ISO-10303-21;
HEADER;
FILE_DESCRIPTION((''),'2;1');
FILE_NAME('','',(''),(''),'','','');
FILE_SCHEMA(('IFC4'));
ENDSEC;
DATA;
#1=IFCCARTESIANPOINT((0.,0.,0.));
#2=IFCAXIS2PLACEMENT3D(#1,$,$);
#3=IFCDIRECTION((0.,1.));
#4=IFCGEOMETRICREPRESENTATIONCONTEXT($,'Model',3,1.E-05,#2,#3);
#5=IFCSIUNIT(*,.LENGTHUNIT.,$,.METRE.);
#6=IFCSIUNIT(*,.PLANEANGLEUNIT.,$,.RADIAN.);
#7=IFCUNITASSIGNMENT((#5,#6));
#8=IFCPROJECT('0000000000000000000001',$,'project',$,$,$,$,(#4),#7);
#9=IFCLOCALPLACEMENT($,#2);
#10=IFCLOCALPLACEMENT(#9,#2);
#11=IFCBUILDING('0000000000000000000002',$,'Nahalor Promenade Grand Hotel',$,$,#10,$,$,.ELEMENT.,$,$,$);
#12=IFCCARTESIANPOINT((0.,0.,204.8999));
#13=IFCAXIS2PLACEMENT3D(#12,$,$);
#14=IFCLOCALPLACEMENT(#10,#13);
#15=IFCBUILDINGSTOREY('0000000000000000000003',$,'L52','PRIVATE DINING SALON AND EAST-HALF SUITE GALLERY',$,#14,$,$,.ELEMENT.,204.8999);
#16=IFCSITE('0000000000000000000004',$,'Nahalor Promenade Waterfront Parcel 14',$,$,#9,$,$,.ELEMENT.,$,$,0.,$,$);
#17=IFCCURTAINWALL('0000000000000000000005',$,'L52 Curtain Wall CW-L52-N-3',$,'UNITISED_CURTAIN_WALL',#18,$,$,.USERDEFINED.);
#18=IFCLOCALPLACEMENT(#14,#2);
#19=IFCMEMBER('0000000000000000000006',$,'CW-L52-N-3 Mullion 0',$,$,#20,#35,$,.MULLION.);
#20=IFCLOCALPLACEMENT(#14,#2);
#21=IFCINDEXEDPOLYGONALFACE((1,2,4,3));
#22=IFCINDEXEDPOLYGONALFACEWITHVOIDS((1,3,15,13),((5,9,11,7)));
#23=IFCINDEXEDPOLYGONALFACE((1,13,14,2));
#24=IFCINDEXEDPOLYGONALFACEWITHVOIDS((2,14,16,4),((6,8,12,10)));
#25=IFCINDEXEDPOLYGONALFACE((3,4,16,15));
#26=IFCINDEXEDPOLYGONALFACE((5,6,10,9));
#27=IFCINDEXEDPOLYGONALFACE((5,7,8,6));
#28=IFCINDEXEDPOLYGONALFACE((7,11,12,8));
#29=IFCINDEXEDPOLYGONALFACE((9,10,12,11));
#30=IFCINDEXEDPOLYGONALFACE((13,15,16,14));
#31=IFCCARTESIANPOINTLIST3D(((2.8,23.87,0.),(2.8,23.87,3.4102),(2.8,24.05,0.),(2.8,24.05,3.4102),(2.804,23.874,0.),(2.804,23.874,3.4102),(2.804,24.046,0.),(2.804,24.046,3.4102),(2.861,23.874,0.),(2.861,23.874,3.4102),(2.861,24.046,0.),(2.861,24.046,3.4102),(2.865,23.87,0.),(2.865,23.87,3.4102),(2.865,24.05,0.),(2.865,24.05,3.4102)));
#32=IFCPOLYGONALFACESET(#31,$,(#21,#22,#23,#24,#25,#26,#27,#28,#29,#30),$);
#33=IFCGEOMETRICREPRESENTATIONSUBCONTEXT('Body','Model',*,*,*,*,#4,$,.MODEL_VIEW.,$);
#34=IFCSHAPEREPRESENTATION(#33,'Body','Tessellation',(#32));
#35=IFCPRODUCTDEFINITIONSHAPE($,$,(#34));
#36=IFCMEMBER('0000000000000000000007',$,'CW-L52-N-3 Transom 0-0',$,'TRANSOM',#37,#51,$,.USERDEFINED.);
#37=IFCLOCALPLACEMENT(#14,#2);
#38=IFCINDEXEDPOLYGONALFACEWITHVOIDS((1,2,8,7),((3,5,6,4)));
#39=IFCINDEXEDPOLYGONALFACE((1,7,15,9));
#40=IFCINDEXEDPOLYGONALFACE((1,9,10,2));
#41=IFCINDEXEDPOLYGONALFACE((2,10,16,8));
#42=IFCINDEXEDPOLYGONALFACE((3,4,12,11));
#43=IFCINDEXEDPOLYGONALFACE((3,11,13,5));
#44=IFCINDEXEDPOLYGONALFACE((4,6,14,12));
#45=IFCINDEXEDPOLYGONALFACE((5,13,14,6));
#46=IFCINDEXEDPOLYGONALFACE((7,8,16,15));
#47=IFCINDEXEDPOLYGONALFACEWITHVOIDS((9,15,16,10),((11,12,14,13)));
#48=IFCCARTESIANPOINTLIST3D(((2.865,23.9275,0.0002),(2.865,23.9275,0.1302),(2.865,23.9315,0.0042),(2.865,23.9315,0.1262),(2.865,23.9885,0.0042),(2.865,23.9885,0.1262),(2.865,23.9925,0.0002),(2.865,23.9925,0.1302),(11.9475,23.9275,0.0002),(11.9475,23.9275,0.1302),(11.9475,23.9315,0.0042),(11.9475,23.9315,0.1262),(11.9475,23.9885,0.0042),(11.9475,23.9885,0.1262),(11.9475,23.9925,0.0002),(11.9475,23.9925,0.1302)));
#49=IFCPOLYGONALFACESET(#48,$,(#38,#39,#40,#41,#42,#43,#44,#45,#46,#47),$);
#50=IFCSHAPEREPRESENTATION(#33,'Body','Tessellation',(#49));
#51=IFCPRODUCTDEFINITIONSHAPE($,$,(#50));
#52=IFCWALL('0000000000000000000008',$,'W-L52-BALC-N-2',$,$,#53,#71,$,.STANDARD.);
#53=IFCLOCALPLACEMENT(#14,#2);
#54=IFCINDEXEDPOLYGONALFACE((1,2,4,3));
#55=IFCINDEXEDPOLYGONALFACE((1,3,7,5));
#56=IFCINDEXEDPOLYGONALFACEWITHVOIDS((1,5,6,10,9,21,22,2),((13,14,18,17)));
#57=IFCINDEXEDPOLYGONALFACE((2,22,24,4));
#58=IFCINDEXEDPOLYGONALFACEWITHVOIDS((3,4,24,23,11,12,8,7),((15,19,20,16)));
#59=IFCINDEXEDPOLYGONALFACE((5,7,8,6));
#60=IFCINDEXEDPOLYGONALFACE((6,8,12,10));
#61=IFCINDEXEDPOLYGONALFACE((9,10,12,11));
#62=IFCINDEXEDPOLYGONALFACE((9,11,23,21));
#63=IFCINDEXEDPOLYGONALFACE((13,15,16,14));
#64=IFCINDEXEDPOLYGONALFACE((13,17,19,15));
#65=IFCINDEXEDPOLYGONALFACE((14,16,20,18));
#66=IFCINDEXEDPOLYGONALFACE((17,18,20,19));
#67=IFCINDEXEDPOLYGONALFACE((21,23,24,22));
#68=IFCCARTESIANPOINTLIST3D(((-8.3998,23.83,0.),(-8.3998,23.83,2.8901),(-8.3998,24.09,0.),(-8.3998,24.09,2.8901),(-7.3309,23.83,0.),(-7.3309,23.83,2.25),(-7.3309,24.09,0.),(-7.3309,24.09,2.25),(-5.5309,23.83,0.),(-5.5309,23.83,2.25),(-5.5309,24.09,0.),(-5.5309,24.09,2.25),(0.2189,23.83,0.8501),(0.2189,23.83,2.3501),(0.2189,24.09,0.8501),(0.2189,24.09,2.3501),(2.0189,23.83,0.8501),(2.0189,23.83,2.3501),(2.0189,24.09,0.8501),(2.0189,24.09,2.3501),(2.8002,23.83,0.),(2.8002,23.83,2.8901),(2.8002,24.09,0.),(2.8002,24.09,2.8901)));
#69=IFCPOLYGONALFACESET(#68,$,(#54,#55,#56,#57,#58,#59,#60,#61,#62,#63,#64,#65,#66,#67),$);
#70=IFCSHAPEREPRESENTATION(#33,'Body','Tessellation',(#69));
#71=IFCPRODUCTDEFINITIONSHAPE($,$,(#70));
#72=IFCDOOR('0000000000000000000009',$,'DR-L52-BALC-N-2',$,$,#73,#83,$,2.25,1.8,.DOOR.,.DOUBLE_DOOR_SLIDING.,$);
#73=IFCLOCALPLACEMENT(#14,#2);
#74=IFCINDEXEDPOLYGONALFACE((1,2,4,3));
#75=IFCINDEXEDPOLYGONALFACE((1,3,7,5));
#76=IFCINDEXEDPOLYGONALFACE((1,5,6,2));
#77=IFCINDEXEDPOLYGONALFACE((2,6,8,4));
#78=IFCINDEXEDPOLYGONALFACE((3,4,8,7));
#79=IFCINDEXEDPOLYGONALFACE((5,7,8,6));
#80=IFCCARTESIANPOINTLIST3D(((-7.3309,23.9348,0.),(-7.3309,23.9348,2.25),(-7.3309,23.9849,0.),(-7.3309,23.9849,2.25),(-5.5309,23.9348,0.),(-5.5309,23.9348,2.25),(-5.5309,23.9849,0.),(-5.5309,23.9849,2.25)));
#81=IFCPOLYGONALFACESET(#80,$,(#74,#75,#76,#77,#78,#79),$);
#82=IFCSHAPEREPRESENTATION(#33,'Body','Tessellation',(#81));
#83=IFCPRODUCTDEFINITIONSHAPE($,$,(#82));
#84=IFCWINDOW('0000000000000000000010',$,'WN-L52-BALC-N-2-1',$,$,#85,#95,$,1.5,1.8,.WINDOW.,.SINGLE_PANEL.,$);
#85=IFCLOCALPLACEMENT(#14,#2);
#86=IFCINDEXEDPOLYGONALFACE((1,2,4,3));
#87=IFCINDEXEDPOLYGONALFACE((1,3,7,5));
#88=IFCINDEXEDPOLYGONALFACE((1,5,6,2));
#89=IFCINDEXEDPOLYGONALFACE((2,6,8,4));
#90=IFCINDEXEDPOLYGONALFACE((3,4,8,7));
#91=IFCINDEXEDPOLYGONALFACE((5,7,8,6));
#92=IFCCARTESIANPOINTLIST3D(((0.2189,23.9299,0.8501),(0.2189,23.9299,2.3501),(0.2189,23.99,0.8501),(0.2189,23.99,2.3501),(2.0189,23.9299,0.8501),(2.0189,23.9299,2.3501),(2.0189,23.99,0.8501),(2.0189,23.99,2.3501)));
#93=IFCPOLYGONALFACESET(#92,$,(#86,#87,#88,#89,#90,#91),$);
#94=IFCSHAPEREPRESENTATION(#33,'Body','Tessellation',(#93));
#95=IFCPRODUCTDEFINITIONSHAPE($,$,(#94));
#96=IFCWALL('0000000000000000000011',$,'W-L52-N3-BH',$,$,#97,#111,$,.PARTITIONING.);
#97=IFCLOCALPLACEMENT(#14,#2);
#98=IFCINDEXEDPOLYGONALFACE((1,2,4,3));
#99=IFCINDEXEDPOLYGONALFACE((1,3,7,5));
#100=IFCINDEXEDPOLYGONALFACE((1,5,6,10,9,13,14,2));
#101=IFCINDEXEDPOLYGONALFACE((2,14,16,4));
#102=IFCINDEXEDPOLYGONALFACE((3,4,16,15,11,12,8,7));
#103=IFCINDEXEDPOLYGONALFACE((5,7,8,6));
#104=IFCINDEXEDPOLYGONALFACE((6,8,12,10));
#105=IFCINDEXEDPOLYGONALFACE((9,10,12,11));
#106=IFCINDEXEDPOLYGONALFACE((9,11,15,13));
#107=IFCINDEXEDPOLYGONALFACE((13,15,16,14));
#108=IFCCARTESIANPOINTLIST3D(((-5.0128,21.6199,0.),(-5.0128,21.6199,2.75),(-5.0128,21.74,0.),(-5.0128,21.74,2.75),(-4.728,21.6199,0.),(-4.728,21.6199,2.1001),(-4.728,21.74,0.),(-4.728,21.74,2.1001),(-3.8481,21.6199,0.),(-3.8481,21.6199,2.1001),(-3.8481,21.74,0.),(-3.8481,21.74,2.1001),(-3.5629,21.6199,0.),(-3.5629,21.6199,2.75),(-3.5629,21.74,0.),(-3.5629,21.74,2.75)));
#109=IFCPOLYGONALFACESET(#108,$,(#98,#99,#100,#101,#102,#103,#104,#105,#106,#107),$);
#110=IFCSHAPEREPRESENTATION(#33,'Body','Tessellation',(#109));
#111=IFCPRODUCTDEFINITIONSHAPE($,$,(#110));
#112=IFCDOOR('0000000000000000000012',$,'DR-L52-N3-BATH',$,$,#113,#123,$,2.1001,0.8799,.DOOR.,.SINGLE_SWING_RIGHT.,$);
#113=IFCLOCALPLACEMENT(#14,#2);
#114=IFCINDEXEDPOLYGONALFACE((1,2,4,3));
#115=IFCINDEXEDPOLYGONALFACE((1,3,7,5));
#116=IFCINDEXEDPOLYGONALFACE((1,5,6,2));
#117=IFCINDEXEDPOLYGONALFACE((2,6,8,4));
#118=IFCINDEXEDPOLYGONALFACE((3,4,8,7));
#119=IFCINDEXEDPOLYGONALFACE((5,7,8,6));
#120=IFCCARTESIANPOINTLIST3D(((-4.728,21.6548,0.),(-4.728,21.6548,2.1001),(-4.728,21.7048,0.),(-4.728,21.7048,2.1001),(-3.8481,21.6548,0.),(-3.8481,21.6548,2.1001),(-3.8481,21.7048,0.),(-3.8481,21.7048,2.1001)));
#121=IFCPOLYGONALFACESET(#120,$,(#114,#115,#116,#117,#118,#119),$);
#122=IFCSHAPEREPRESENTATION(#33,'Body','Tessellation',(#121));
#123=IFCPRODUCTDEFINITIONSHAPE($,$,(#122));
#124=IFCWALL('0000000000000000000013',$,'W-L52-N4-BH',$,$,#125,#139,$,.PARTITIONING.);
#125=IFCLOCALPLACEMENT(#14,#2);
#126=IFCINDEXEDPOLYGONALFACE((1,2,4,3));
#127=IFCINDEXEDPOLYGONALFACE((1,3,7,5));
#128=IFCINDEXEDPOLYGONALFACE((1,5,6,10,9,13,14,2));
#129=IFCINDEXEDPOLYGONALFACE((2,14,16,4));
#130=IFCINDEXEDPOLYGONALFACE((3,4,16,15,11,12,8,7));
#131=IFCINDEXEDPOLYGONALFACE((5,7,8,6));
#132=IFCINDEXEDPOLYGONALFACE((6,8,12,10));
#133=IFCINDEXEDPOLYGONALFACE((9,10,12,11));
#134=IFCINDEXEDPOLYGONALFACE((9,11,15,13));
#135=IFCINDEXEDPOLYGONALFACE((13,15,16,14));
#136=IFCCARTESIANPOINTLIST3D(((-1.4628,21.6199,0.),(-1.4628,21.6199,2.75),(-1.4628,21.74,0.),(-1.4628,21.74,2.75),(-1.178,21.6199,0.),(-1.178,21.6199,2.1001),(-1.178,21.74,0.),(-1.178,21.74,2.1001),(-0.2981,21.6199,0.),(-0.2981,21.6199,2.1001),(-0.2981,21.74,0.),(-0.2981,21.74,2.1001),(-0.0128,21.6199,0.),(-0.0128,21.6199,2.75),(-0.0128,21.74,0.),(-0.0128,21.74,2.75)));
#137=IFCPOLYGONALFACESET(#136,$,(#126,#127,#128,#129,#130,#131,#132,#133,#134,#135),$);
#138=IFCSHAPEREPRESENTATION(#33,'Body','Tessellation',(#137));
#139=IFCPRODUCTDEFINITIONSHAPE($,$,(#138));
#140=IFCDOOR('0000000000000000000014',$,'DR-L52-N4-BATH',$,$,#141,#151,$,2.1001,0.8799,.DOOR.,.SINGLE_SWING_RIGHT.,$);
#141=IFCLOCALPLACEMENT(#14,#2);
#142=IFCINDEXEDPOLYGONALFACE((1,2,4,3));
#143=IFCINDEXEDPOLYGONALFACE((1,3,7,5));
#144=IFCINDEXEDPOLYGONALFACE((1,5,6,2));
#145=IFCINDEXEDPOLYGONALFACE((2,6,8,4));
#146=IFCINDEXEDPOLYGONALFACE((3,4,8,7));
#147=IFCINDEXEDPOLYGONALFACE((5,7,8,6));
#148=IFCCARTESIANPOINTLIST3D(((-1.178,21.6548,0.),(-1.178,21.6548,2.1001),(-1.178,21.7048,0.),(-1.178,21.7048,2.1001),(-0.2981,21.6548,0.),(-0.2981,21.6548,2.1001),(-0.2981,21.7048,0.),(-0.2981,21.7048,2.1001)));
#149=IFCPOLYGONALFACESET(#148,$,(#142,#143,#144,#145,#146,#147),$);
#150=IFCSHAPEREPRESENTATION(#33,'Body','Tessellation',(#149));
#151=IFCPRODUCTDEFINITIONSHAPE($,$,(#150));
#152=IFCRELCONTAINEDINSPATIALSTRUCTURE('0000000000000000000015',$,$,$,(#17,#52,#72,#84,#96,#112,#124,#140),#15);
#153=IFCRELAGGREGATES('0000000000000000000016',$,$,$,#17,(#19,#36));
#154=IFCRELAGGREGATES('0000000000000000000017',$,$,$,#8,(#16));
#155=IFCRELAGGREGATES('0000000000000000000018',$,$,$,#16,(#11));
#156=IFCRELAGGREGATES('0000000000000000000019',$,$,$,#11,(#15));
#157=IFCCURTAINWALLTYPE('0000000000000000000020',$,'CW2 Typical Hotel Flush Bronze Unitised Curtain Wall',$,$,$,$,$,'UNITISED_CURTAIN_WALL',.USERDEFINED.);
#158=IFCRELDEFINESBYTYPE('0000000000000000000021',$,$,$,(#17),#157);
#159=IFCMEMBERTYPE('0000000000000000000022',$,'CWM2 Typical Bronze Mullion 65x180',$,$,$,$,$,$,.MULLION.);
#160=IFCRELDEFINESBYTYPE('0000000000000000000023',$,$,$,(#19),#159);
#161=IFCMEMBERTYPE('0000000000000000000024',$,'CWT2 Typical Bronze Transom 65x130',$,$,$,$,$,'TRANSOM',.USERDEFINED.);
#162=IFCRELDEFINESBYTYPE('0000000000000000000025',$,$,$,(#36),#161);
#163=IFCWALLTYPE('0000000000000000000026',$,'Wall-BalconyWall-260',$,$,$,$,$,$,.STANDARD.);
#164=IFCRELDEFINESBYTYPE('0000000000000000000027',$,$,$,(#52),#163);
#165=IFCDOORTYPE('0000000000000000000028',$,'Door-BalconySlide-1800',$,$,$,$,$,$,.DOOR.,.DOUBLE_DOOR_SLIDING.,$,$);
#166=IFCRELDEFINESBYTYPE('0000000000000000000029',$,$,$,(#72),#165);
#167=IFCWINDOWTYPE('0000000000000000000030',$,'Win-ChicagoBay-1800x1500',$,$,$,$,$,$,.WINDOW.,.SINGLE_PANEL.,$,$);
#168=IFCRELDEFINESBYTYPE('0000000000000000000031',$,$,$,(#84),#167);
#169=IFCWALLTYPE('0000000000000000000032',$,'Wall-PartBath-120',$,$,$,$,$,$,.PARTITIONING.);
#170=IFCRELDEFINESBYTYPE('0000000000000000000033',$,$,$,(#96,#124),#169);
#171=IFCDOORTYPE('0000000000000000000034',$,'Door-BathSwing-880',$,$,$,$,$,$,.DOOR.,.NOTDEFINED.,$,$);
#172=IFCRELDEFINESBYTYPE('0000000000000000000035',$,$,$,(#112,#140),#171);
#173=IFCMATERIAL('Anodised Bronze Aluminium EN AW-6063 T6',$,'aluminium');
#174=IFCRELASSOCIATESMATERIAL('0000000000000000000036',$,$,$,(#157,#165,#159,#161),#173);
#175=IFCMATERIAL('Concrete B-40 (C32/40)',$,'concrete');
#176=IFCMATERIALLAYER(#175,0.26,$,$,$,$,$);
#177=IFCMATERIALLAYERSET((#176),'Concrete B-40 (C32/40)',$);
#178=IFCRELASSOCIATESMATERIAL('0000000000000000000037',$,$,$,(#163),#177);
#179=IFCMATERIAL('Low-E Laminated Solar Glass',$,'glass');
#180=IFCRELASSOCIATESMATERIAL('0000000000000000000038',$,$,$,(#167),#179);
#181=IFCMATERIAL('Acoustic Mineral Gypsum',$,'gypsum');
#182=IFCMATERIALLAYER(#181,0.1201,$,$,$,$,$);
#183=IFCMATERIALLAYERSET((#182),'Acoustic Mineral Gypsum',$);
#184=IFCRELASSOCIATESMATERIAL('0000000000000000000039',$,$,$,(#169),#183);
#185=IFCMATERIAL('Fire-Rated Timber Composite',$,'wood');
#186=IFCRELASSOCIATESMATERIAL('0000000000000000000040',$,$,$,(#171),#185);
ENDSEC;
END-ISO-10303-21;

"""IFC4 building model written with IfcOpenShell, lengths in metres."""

from ifc_helpers import new_model, si_unit, direction, frame, frame_2d, origin, origin_2d, place, context, subcontext, project, spatial, rectangle, hollow_rectangle, extrude, source, transform, mapped, material, layer, layer_set, material_profile, profile_set, type_object, element, fill, aggregate, save


model = new_model("IFC4")

# Units and contexts
model_context = context("Model", 3, precision=1e-05, world=origin(), true_north=direction((0.0, 1.0)))
body_context = subcontext(model_context, "Body", "Model", "MODEL_VIEW")
ifc_project = project(units=[si_unit("LENGTHUNIT", "METRE"), si_unit("PLANEANGLEUNIT", "RADIAN")], contexts=[model_context])

# Site, building, storey
site_placement = place(None, origin())
site = spatial("IfcSite", under=ifc_project, at=site_placement, Name="Nahalor Promenade Waterfront Parcel 14", CompositionType="ELEMENT", RefElevation=0.0)
building_placement = place(site_placement, origin())
building = spatial("IfcBuilding", under=site, at=building_placement, Name="Nahalor Promenade Grand Hotel", CompositionType="ELEMENT")
storey_placement = place(building_placement, frame((0.0, 0.0, 204.8999)))
storey = spatial("IfcBuildingStorey", under=building, at=storey_placement, Name="L52", Description="PRIVATE DINING SALON AND EAST-HALF SUITE GALLERY", CompositionType="ELEMENT", Elevation=204.8999)

# Curtain wall, members
ifc_material_1 = material(Name="Anodised Bronze Aluminium EN AW-6063 T6", Category="aluminium")
curtain_wall_type = type_object("IfcCurtainWallType", Name="CW2 Typical Hotel Flush Bronze Unitised Curtain Wall", ElementType="UNITISED_CURTAIN_WALL", PredefinedType="USERDEFINED", material=ifc_material_1)
curtain_wall_placement = place(storey_placement, origin())
curtain_wall = element("IfcCurtainWall", 1, at=curtain_wall_placement, inside=storey, type_object=curtain_wall_type, Name="L52 Curtain Wall CW-L52-N-3", ObjectType="UNITISED_CURTAIN_WALL", PredefinedType="USERDEFINED")
ifc_material_profile_1 = material_profile(ifc_material_1, hollow_rectangle(XDim=0.065, YDim=0.18, WallThickness=0.004, at=origin_2d()), Name="CWM 65x180x4")
ifc_profile_set_1 = profile_set([ifc_material_profile_1], Name="Anodised Bronze Aluminium EN AW-6063 T6")
member_type_1 = type_object("IfcMemberType", Name="CWM2 Typical Bronze Mullion 65x180", PredefinedType="MULLION", material=ifc_profile_set_1)
shared_shape_1 = source(origin(), body_context, "Body", "SweptSolid", [
    extrude(hollow_rectangle(XDim=0.065, YDim=0.18, WallThickness=0.004, at=origin_2d()), origin(), (0.0, 0.0, 1.0), 3.4102),
])
member_1_placement = place(storey_placement, frame((2.8325, 23.96, 0.0), z_axis=(0.0, 0.0, 1.0), x_axis=(1.0, 0.0, 0.0)))
member_1 = element("IfcMember", 2, at=member_1_placement, type_object=member_type_1, Name="CW-L52-N-3 Mullion 0", PredefinedType="MULLION", context=body_context, shape_type="MappedRepresentation", body=[
    mapped(shared_shape_1, transform((0.0, 0.0, 0.0), scale=1.0)),
])
ifc_material_profile_2 = material_profile(ifc_material_1, hollow_rectangle(XDim=0.065, YDim=0.13, WallThickness=0.004, at=origin_2d()), Name="CWT 65x130x4")
ifc_profile_set_2 = profile_set([ifc_material_profile_2], Name="Anodised Bronze Aluminium EN AW-6063 T6")
member_type_2 = type_object("IfcMemberType", Name="CWT2 Typical Bronze Transom 65x130", ElementType="TRANSOM", PredefinedType="USERDEFINED", material=ifc_profile_set_2)
shared_shape_2 = source(origin(), body_context, "Body", "SweptSolid", [
    extrude(hollow_rectangle(XDim=0.065, YDim=0.13, WallThickness=0.004, at=origin_2d()), origin(), (0.0, 0.0, 1.0), 9.0825),
])
member_2_placement = place(storey_placement, frame((2.865, 23.96, 0.0652), z_axis=(1.0, 0.0, 0.0), x_axis=(0.0, 1.0, 0.0)))
member_2 = element("IfcMember", 3, at=member_2_placement, type_object=member_type_2, Name="CW-L52-N-3 Transom 0-0", ObjectType="TRANSOM", PredefinedType="USERDEFINED", context=body_context, shape_type="MappedRepresentation", body=[
    mapped(shared_shape_2, transform((0.0, 0.0, 0.0), scale=1.0)),
])
aggregate(curtain_wall, [member_1, member_2])

# Wall, openings, door, window
ifc_material_2 = material(Name="Concrete B-40 (C32/40)", Category="concrete")
ifc_layer_1 = layer(ifc_material_2, 0.26)
ifc_layer_set_1 = layer_set([ifc_layer_1], Name="Concrete B-40 (C32/40)")
wall_type_1 = type_object("IfcWallType", Name="Wall-BalconyWall-260", PredefinedType="STANDARD", material=ifc_layer_set_1)
shared_shape_3 = source(origin(), body_context, "Body", "SweptSolid", [
    extrude(rectangle(XDim=11.2, YDim=0.26, at=frame_2d((5.6001, 0.0))), origin(), (0.0, 0.0, 1.0), 2.8901),
])
wall_1_placement = place(storey_placement, frame((-8.3999, 23.96, 0.0), z_axis=(0.0, 0.0, 1.0), x_axis=(1.0, 0.0, 0.0)))
wall_1 = element("IfcWall", 4, at=wall_1_placement, inside=storey, type_object=wall_type_1, Name="W-L52-BALC-N-2", PredefinedType="STANDARD", context=body_context, shape_type="MappedRepresentation", body=[
    mapped(shared_shape_3, transform((0.0, 0.0, 0.0), scale=1.0)),
])
opening_1_placement = place(wall_1_placement, frame((1.0691, 0.0, 0.0)))
opening_1 = element("IfcOpeningElement", 5, at=opening_1_placement, cuts=wall_1, PredefinedType="OPENING", context=body_context, shape_type="SweptSolid", body=[
    extrude(rectangle(XDim=1.8, YDim=2.25, at=frame_2d((0.8999, 1.125))), frame((0.0, 0.1399, 0.0), z_axis=(0.0, -1.0, 0.0), x_axis=(1.0, 0.0, 0.0)), (0.0, 0.0, 1.0), 0.28),
])
opening_2_placement = place(wall_1_placement, frame((8.6189, 0.0, 0.8501)))
opening_2 = element("IfcOpeningElement", 6, at=opening_2_placement, cuts=wall_1, PredefinedType="OPENING", context=body_context, shape_type="SweptSolid", body=[
    extrude(rectangle(XDim=1.8, YDim=1.5, at=frame_2d((0.8999, 0.75))), frame((0.0, 0.1399, 0.0), z_axis=(0.0, -1.0, 0.0), x_axis=(1.0, 0.0, 0.0)), (0.0, 0.0, 1.0), 0.28),
])
door_type_1 = type_object("IfcDoorType", Name="Door-BalconySlide-1800", OperationType="DOUBLE_DOOR_SLIDING", PredefinedType="DOOR", material=ifc_material_1)
shared_shape_4 = source(origin(), body_context, "Body", "SweptSolid", [
    extrude(rectangle(XDim=1.8, YDim=2.25, at=frame_2d((0.8999, 1.125))), frame((0.0, 0.0249, 0.0), z_axis=(0.0, -1.0, 0.0), x_axis=(1.0, 0.0, 0.0)), (0.0, 0.0, 1.0), 0.05),
])
door_1_placement = place(opening_1_placement, origin())
door_1 = element("IfcDoor", 7, at=door_1_placement, inside=storey, type_object=door_type_1, Name="DR-L52-BALC-N-2", OperationType="DOUBLE_DOOR_SLIDING", OverallHeight=2.25, OverallWidth=1.8, PredefinedType="DOOR", context=body_context, shape_type="MappedRepresentation", body=[
    mapped(shared_shape_4, transform((0.0, 0.0, 0.0), scale=1.0)),
])
fill(opening_1, door_1)
ifc_material_3 = material(Name="Low-E Laminated Solar Glass", Category="glass")
window_type = type_object("IfcWindowType", Name="Win-ChicagoBay-1800x1500", PartitioningType="SINGLE_PANEL", PredefinedType="WINDOW", material=ifc_material_3)
shared_shape_5 = source(origin(), body_context, "Body", "SweptSolid", [
    extrude(rectangle(XDim=1.8, YDim=1.5, at=frame_2d((0.8999, 0.75))), frame((0.0, 0.03, 0.0), z_axis=(0.0, -1.0, 0.0), x_axis=(1.0, 0.0, 0.0)), (0.0, 0.0, 1.0), 0.0601),
])
window_placement = place(opening_2_placement, origin())
window = element("IfcWindow", 8, at=window_placement, inside=storey, type_object=window_type, Name="WN-L52-BALC-N-2-1", OverallHeight=1.5, OverallWidth=1.8, PartitioningType="SINGLE_PANEL", PredefinedType="WINDOW", context=body_context, shape_type="MappedRepresentation", body=[
    mapped(shared_shape_5, transform((0.0, 0.0, 0.0), scale=1.0)),
])
fill(opening_2, window)

# Walls, openings, doors
ifc_material_4 = material(Name="Acoustic Mineral Gypsum", Category="gypsum")
ifc_layer_2 = layer(ifc_material_4, 0.1201)
ifc_layer_set_2 = layer_set([ifc_layer_2], Name="Acoustic Mineral Gypsum")
wall_type_2 = type_object("IfcWallType", Name="Wall-PartBath-120", PredefinedType="PARTITIONING", material=ifc_layer_set_2)
shared_shape_6 = source(origin(), body_context, "Body", "SweptSolid", [
    extrude(rectangle(XDim=1.45, YDim=0.1201, at=frame_2d((0.7251, 0.0))), origin(), (0.0, 0.0, 1.0), 2.75),
])
wall_2_placement = place(storey_placement, frame((-5.0129, 21.6799, 0.0), z_axis=(0.0, 0.0, 1.0), x_axis=(1.0, 0.0, 0.0)))
wall_2 = element("IfcWall", 9, at=wall_2_placement, inside=storey, type_object=wall_type_2, Name="W-L52-N3-BH", PredefinedType="PARTITIONING", context=body_context, shape_type="MappedRepresentation", body=[
    mapped(shared_shape_6, transform((0.0, 0.0, 0.0), scale=1.0)),
])
opening_3_placement = place(wall_2_placement, frame((0.2849, 0.0, 0.0)))
opening_3 = element("IfcOpeningElement", 10, at=opening_3_placement, cuts=wall_2, PredefinedType="OPENING", context=body_context, shape_type="SweptSolid", body=[
    extrude(rectangle(XDim=0.8799, YDim=2.1001, at=frame_2d((0.4399, 1.05))), frame((0.0, 0.0701, 0.0), z_axis=(0.0, -1.0, 0.0), x_axis=(1.0, 0.0, 0.0)), (0.0, 0.0, 1.0), 0.1401),
])
ifc_material_5 = material(Name="Fire-Rated Timber Composite", Category="wood")
door_type_2 = type_object("IfcDoorType", Name="Door-BathSwing-880", OperationType="NOTDEFINED", PredefinedType="DOOR", material=ifc_material_5)
shared_shape_7 = source(origin(), body_context, "Body", "SweptSolid", [
    extrude(rectangle(XDim=0.8799, YDim=2.1001, at=frame_2d((0.4399, 1.05))), frame((0.0, 0.0249, 0.0), z_axis=(0.0, -1.0, 0.0), x_axis=(1.0, 0.0, 0.0)), (0.0, 0.0, 1.0), 0.05),
])
door_2_placement = place(opening_3_placement, origin())
door_2 = element("IfcDoor", 11, at=door_2_placement, inside=storey, type_object=door_type_2, Name="DR-L52-N3-BATH", OperationType="SINGLE_SWING_RIGHT", OverallHeight=2.1001, OverallWidth=0.8799, PredefinedType="DOOR", context=body_context, shape_type="MappedRepresentation", body=[
    mapped(shared_shape_7, transform((0.0, 0.0, 0.0), scale=1.0)),
])
fill(opening_3, door_2)
wall_3_placement = place(storey_placement, frame((-1.4629, 21.6799, 0.0), z_axis=(0.0, 0.0, 1.0), x_axis=(1.0, 0.0, 0.0)))
wall_3 = element("IfcWall", 12, at=wall_3_placement, inside=storey, type_object=wall_type_2, Name="W-L52-N4-BH", PredefinedType="PARTITIONING", context=body_context, shape_type="MappedRepresentation", body=[
    mapped(shared_shape_6, transform((0.0, 0.0, 0.0), scale=1.0)),
])
opening_4_placement = place(wall_3_placement, frame((0.2849, 0.0, 0.0)))
opening_4 = element("IfcOpeningElement", 13, at=opening_4_placement, cuts=wall_3, PredefinedType="OPENING", context=body_context, shape_type="SweptSolid", body=[
    extrude(rectangle(XDim=0.8799, YDim=2.1001, at=frame_2d((0.4399, 1.05))), frame((0.0, 0.0701, 0.0), z_axis=(0.0, -1.0, 0.0), x_axis=(1.0, 0.0, 0.0)), (0.0, 0.0, 1.0), 0.1401),
])
door_3_placement = place(opening_4_placement, origin())
door_3 = element("IfcDoor", 14, at=door_3_placement, inside=storey, type_object=door_type_2, Name="DR-L52-N4-BATH", OperationType="SINGLE_SWING_RIGHT", OverallHeight=2.1001, OverallWidth=0.8799, PredefinedType="DOOR", context=body_context, shape_type="MappedRepresentation", body=[
    mapped(shared_shape_7, transform((0.0, 0.0, 0.0), scale=1.0)),
])
fill(opening_4, door_3)

save(model, "model.ifc")
